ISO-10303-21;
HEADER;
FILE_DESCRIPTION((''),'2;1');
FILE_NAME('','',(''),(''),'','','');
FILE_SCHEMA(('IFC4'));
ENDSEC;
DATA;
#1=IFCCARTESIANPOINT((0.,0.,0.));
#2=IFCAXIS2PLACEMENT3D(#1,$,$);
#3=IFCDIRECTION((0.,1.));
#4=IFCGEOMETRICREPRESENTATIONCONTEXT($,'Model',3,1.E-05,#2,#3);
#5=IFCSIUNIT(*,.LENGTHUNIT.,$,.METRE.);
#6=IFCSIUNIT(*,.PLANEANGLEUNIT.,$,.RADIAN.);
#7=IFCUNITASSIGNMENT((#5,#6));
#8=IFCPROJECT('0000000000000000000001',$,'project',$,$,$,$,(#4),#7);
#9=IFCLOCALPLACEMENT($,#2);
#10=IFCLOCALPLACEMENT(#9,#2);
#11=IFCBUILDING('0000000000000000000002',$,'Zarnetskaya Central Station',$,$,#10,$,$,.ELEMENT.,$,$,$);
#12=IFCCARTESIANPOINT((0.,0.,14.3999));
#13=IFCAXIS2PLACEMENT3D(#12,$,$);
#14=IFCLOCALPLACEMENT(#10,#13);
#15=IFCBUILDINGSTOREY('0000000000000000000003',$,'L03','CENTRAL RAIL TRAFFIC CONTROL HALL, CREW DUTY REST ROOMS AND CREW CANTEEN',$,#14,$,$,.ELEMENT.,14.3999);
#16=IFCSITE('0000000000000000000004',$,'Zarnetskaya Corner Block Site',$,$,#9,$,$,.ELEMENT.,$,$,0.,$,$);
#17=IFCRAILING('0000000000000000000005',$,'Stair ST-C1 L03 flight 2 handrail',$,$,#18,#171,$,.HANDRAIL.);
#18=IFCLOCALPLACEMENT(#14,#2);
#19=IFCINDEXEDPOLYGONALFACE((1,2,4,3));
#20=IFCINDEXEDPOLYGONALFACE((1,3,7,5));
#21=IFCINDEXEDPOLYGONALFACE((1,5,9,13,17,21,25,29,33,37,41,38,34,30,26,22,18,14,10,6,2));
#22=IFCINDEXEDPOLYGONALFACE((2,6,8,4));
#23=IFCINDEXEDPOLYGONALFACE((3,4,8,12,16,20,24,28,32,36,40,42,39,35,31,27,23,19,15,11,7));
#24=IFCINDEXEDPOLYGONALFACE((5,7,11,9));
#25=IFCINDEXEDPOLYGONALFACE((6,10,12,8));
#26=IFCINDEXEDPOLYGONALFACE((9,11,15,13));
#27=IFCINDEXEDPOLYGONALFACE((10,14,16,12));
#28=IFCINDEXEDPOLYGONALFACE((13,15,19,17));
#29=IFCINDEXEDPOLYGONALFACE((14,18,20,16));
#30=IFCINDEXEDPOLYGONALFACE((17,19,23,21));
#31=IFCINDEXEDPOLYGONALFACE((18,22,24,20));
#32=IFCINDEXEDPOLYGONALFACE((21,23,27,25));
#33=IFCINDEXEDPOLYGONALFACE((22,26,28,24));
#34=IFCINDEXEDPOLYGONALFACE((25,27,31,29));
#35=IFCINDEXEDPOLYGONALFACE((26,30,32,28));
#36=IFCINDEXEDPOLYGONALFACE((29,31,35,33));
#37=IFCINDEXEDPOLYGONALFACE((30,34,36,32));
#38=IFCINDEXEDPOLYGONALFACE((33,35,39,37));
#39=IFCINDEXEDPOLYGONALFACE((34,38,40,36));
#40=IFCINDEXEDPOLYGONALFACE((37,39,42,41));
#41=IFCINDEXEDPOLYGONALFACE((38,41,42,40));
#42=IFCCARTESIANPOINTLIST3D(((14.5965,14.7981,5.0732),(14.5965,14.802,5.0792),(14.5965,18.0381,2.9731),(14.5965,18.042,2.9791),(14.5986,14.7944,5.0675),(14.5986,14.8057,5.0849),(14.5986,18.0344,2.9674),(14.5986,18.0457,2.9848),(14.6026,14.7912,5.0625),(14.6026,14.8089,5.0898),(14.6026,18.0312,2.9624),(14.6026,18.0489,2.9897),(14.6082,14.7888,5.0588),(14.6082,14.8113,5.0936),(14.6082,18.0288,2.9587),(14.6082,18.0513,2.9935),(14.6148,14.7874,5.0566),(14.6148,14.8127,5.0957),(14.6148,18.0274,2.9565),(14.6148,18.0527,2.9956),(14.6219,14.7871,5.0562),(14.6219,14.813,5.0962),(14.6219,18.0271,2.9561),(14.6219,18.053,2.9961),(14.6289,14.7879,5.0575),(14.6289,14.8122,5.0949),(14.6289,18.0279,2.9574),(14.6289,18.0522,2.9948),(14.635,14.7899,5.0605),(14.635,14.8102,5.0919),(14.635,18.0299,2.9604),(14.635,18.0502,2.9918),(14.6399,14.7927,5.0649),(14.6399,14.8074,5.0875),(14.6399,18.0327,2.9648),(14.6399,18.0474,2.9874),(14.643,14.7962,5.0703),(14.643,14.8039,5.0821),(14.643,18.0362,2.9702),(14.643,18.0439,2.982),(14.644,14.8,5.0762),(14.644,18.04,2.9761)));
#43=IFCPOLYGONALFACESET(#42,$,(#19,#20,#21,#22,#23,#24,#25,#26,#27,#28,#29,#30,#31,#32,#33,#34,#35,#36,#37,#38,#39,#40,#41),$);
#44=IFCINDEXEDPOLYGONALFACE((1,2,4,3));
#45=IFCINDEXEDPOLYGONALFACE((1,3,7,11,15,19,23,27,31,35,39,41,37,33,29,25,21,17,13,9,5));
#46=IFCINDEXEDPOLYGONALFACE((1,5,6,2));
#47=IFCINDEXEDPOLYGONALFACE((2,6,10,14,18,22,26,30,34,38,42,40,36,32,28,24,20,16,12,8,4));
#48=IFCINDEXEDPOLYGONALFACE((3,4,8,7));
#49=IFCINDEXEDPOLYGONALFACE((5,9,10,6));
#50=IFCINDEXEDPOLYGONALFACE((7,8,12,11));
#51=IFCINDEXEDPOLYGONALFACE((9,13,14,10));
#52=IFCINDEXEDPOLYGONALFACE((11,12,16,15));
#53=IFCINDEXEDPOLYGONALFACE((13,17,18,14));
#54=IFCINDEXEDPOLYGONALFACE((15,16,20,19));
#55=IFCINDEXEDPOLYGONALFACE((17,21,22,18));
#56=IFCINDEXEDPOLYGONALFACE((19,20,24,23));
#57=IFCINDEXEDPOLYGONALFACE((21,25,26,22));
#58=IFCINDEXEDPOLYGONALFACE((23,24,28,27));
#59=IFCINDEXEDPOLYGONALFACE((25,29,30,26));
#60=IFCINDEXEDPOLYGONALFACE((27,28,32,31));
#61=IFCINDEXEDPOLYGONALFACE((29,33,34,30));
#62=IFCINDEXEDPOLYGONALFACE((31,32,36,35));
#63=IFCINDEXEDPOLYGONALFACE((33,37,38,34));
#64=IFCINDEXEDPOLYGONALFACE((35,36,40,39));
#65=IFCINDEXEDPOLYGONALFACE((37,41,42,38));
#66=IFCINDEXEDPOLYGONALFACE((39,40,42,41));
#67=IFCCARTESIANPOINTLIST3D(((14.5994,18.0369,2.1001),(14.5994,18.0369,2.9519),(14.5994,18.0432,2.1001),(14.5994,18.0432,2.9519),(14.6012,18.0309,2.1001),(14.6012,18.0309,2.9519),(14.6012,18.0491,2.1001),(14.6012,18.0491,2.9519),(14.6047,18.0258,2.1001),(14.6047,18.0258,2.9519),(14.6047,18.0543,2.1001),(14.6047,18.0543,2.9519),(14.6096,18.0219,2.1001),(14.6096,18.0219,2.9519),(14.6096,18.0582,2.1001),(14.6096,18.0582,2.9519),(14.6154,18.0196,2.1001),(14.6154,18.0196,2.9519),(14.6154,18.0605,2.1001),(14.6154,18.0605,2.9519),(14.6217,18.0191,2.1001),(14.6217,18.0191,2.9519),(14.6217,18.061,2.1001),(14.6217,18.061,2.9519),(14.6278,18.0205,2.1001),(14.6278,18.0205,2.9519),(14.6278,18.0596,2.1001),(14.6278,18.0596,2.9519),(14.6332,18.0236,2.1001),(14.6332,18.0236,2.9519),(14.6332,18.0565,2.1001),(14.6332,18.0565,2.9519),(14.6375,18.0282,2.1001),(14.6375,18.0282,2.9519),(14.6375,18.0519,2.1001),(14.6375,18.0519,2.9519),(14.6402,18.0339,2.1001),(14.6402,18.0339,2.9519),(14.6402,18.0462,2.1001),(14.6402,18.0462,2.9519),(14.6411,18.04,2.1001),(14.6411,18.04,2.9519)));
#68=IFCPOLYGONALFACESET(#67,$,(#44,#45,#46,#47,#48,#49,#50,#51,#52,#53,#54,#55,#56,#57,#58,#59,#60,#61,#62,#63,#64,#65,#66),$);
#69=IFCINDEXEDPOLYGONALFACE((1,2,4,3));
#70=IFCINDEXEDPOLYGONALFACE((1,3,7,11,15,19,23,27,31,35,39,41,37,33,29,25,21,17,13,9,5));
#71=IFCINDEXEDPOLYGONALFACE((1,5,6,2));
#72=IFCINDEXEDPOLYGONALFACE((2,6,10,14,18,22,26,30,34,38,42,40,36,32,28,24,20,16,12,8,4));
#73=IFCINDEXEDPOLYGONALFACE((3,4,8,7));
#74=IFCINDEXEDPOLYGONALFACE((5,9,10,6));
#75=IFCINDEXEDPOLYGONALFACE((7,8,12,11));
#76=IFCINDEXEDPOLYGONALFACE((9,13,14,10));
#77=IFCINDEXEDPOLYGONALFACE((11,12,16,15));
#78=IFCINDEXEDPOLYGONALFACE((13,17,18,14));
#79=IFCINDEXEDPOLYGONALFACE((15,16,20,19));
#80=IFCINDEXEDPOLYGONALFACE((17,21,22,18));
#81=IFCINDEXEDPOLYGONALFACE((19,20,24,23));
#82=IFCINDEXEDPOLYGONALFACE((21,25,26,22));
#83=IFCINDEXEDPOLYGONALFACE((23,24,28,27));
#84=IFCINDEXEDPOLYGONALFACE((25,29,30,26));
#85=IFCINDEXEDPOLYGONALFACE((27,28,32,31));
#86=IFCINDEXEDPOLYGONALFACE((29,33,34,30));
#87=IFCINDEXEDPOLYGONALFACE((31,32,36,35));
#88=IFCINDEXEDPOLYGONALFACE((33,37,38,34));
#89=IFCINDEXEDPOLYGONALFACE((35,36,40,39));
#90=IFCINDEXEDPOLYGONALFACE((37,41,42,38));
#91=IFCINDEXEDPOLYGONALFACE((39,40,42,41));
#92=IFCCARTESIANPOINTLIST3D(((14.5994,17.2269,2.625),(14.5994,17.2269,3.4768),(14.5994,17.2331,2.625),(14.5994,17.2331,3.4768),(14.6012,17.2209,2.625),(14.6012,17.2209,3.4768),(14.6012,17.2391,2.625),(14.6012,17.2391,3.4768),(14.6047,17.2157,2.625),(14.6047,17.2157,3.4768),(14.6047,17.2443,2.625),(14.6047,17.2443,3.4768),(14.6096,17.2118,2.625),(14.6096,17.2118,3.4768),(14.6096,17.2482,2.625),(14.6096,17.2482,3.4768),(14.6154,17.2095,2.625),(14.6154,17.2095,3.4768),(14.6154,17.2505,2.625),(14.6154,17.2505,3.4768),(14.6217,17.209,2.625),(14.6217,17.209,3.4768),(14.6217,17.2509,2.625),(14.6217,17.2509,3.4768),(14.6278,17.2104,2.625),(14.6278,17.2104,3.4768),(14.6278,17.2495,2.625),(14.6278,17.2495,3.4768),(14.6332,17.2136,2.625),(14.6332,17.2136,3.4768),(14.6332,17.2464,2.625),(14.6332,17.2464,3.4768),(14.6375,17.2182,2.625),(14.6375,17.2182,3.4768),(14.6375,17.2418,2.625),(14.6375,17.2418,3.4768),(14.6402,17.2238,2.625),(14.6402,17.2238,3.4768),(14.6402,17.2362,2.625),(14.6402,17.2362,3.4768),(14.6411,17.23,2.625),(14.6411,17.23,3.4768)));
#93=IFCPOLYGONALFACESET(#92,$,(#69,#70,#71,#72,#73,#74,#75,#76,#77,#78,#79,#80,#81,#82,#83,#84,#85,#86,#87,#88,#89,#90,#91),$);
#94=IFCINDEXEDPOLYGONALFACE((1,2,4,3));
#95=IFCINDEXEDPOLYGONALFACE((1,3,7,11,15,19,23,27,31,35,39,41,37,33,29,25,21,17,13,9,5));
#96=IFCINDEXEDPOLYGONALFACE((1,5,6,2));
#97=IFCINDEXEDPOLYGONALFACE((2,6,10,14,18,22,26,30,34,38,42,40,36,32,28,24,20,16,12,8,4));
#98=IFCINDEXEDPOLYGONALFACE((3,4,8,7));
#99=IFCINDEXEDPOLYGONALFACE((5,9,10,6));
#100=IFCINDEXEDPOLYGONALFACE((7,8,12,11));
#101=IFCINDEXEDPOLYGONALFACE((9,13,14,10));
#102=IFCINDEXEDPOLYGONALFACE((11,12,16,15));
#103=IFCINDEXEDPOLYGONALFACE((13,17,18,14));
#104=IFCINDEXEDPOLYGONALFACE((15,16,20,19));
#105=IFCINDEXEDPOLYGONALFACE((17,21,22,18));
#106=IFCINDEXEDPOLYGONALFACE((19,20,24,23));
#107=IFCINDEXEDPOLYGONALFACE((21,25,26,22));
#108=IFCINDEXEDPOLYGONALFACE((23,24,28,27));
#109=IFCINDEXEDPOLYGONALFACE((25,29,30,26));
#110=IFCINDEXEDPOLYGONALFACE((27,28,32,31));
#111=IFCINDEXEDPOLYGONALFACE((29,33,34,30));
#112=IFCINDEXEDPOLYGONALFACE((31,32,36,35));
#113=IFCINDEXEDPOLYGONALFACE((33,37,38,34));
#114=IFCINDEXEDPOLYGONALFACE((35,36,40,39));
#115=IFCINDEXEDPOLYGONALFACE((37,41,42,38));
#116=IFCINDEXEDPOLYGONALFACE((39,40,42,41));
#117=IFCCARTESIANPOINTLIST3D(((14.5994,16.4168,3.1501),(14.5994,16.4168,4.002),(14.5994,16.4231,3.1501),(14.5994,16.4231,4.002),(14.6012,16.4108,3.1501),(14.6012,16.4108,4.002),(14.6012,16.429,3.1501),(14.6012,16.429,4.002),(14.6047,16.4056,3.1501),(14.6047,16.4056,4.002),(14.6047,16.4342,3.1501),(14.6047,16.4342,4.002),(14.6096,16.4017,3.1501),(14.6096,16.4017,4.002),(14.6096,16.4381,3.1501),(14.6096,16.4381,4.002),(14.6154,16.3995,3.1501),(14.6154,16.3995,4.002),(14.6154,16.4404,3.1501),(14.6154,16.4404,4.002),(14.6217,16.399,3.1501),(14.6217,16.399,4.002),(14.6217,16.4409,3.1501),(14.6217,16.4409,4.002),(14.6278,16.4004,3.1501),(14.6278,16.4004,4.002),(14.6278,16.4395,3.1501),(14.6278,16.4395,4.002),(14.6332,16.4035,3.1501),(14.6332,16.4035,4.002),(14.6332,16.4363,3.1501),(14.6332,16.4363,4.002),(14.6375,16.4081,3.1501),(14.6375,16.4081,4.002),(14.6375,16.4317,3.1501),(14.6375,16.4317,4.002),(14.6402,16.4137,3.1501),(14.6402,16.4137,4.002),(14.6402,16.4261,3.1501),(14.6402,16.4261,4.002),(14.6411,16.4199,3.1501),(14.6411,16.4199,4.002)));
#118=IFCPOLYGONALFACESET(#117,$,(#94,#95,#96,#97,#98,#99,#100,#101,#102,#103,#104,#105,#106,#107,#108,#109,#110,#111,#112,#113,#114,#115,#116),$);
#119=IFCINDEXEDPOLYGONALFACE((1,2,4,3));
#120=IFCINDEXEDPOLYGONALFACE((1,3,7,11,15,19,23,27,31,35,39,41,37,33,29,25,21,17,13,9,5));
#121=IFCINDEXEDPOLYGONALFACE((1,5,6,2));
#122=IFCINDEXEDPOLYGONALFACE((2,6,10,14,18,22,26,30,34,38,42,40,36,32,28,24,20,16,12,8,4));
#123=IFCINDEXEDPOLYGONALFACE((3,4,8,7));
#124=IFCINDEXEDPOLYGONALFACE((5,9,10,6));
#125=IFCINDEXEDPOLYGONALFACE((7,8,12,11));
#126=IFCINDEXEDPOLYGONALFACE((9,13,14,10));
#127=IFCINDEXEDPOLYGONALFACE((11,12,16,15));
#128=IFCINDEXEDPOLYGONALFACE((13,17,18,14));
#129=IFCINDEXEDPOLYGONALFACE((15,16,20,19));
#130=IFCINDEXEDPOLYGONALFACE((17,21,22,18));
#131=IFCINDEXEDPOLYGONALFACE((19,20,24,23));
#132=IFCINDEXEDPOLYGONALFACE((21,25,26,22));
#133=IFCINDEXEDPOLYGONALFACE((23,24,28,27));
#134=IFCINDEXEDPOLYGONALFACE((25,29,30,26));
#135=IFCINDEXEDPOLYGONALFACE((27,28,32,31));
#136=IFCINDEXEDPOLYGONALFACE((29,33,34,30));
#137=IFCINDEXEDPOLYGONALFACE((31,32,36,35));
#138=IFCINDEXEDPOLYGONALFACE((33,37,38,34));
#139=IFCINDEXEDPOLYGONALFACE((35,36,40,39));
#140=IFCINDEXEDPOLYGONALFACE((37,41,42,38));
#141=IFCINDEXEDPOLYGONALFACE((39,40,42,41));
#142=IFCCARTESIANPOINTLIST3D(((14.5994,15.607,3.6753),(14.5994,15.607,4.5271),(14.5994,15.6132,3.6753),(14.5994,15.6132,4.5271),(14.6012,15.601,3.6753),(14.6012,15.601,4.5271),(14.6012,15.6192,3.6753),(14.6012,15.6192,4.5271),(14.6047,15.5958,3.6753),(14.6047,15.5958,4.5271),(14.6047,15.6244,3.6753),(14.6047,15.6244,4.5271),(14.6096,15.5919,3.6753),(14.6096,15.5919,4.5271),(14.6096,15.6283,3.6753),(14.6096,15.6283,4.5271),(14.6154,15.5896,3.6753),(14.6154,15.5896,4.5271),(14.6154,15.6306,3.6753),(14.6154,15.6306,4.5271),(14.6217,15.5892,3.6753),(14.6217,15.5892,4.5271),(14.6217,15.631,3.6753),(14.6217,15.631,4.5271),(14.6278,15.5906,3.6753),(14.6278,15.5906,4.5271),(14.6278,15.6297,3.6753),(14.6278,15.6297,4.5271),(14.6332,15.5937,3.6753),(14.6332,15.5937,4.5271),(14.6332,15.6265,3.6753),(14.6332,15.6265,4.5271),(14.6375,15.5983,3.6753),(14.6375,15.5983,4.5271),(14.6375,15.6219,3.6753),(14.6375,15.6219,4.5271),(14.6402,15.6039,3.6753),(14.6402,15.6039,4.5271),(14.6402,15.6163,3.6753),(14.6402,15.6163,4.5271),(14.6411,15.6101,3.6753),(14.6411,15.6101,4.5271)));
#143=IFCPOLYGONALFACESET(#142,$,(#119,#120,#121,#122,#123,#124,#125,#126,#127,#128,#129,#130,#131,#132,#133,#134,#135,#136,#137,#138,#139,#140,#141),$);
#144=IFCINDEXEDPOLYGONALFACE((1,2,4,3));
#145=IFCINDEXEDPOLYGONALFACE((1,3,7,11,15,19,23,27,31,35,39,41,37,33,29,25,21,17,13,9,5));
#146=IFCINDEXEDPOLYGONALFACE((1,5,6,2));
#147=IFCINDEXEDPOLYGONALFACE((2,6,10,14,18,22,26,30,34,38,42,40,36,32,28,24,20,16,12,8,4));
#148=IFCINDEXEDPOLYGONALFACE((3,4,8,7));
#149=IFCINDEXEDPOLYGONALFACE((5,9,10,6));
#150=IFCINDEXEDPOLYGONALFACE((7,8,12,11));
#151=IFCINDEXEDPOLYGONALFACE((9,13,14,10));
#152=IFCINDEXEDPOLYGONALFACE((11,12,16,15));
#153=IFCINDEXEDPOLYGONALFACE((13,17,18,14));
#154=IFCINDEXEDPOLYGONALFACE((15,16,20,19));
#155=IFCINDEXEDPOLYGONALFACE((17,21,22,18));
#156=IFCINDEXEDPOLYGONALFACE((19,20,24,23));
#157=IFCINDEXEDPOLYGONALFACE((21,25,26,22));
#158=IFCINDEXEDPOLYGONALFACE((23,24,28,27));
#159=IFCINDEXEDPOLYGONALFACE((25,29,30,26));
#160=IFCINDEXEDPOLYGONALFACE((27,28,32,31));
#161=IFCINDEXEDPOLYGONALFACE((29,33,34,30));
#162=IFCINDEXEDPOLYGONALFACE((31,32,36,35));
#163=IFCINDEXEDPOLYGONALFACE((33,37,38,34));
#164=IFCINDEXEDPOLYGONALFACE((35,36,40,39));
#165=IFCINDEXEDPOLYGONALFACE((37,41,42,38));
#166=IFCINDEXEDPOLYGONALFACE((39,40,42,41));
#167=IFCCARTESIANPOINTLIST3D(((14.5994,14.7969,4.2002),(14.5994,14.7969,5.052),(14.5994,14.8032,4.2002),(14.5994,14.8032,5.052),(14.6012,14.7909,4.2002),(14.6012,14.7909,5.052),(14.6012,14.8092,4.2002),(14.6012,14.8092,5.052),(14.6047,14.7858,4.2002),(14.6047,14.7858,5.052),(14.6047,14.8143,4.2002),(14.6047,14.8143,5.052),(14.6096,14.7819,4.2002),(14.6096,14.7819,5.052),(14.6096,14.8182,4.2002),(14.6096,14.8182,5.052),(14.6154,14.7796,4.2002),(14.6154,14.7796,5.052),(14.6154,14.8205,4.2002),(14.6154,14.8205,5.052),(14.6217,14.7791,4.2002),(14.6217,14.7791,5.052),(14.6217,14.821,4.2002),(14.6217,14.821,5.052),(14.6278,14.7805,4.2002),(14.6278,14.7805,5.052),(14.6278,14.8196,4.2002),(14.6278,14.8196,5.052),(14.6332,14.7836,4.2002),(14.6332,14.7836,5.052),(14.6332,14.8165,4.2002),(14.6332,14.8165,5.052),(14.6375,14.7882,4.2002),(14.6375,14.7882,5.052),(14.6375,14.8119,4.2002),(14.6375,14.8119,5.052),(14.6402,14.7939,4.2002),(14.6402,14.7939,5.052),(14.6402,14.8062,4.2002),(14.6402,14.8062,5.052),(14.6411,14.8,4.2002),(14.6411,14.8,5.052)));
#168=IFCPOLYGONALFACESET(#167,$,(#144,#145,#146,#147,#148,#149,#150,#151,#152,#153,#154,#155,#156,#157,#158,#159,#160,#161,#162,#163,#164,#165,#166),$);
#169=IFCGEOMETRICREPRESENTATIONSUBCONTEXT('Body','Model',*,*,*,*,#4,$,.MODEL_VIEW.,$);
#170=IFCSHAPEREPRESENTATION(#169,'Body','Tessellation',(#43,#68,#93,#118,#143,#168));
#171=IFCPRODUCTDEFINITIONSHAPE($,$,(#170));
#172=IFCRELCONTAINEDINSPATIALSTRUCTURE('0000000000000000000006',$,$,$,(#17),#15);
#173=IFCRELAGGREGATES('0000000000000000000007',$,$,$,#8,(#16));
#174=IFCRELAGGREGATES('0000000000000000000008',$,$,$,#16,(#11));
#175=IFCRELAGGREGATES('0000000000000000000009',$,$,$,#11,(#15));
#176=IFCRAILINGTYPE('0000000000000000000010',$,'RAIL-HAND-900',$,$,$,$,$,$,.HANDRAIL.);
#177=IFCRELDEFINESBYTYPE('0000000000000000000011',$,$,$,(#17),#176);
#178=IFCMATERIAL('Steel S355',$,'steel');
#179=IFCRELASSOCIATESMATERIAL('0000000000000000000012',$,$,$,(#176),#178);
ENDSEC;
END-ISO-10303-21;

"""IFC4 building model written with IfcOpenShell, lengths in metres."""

from ifc_helpers import new_model, si_unit, direction, frame, origin, origin_2d, place, context, subcontext, project, spatial, circle, extrude, material, type_object, element, save


model = new_model("IFC4")

# Units and contexts
model_context = context("Model", 3, precision=1e-05, world=origin(), true_north=direction((0.0, 1.0)))
body_context = subcontext(model_context, "Body", "Model", "MODEL_VIEW")
ifc_project = project(units=[si_unit("LENGTHUNIT", "METRE"), si_unit("PLANEANGLEUNIT", "RADIAN")], contexts=[model_context])

# Site, building, storey
site_placement = place(None, origin())
site = spatial("IfcSite", under=ifc_project, at=site_placement, Name="Zarnetskaya Corner Block Site", CompositionType="ELEMENT", RefElevation=0.0)
building_placement = place(site_placement, origin())
building = spatial("IfcBuilding", under=site, at=building_placement, Name="Zarnetskaya Central Station", CompositionType="ELEMENT")
storey_placement = place(building_placement, frame((0.0, 0.0, 14.3999)))
storey = spatial("IfcBuildingStorey", under=building, at=storey_placement, Name="L03", Description="CENTRAL RAIL TRAFFIC CONTROL HALL, CREW DUTY REST ROOMS AND CREW CANTEEN", CompositionType="ELEMENT", Elevation=14.3999)

# Shared definitions
ifc_material_1 = material(Name="Steel S355", Category="steel")

# Railing
railing_type = type_object("IfcRailingType", Name="RAIL-HAND-900", PredefinedType="HANDRAIL", material=ifc_material_1)
railing_placement = place(storey_placement, frame((14.6201, 18.04, 2.1001)))
element("IfcRailing", 1, at=railing_placement, inside=storey, type_object=railing_type, Name="Stair ST-C1 L03 flight 2 handrail", PredefinedType="HANDRAIL", context=body_context, shape_type="SweptSolid", body=[
    extrude(circle(Radius=0.0239, at=origin_2d()), frame((0.0, 0.0, 0.876), z_axis=(0.0, -0.839141, 0.543914), x_axis=(1.0, 0.0, 0.0)), (0.0, 0.0, 1.0), 3.8611),
    extrude(circle(Radius=0.021, at=origin_2d()), origin(), (0.0, 0.0, 1.0), 0.8518),
    extrude(circle(Radius=0.021, at=origin_2d()), frame((0.0, -0.8101, 0.5249)), (0.0, 0.0, 1.0), 0.8518),
    extrude(circle(Radius=0.021, at=origin_2d()), frame((0.0, -1.6201, 1.05)), (0.0, 0.0, 1.0), 0.8518),
    extrude(circle(Radius=0.021, at=origin_2d()), frame((0.0, -2.4299, 1.5752)), (0.0, 0.0, 1.0), 0.8518),
    extrude(circle(Radius=0.021, at=origin_2d()), frame((0.0, -3.24, 2.1001)), (0.0, 0.0, 1.0), 0.8518),
])

save(model, "model.ifc")
